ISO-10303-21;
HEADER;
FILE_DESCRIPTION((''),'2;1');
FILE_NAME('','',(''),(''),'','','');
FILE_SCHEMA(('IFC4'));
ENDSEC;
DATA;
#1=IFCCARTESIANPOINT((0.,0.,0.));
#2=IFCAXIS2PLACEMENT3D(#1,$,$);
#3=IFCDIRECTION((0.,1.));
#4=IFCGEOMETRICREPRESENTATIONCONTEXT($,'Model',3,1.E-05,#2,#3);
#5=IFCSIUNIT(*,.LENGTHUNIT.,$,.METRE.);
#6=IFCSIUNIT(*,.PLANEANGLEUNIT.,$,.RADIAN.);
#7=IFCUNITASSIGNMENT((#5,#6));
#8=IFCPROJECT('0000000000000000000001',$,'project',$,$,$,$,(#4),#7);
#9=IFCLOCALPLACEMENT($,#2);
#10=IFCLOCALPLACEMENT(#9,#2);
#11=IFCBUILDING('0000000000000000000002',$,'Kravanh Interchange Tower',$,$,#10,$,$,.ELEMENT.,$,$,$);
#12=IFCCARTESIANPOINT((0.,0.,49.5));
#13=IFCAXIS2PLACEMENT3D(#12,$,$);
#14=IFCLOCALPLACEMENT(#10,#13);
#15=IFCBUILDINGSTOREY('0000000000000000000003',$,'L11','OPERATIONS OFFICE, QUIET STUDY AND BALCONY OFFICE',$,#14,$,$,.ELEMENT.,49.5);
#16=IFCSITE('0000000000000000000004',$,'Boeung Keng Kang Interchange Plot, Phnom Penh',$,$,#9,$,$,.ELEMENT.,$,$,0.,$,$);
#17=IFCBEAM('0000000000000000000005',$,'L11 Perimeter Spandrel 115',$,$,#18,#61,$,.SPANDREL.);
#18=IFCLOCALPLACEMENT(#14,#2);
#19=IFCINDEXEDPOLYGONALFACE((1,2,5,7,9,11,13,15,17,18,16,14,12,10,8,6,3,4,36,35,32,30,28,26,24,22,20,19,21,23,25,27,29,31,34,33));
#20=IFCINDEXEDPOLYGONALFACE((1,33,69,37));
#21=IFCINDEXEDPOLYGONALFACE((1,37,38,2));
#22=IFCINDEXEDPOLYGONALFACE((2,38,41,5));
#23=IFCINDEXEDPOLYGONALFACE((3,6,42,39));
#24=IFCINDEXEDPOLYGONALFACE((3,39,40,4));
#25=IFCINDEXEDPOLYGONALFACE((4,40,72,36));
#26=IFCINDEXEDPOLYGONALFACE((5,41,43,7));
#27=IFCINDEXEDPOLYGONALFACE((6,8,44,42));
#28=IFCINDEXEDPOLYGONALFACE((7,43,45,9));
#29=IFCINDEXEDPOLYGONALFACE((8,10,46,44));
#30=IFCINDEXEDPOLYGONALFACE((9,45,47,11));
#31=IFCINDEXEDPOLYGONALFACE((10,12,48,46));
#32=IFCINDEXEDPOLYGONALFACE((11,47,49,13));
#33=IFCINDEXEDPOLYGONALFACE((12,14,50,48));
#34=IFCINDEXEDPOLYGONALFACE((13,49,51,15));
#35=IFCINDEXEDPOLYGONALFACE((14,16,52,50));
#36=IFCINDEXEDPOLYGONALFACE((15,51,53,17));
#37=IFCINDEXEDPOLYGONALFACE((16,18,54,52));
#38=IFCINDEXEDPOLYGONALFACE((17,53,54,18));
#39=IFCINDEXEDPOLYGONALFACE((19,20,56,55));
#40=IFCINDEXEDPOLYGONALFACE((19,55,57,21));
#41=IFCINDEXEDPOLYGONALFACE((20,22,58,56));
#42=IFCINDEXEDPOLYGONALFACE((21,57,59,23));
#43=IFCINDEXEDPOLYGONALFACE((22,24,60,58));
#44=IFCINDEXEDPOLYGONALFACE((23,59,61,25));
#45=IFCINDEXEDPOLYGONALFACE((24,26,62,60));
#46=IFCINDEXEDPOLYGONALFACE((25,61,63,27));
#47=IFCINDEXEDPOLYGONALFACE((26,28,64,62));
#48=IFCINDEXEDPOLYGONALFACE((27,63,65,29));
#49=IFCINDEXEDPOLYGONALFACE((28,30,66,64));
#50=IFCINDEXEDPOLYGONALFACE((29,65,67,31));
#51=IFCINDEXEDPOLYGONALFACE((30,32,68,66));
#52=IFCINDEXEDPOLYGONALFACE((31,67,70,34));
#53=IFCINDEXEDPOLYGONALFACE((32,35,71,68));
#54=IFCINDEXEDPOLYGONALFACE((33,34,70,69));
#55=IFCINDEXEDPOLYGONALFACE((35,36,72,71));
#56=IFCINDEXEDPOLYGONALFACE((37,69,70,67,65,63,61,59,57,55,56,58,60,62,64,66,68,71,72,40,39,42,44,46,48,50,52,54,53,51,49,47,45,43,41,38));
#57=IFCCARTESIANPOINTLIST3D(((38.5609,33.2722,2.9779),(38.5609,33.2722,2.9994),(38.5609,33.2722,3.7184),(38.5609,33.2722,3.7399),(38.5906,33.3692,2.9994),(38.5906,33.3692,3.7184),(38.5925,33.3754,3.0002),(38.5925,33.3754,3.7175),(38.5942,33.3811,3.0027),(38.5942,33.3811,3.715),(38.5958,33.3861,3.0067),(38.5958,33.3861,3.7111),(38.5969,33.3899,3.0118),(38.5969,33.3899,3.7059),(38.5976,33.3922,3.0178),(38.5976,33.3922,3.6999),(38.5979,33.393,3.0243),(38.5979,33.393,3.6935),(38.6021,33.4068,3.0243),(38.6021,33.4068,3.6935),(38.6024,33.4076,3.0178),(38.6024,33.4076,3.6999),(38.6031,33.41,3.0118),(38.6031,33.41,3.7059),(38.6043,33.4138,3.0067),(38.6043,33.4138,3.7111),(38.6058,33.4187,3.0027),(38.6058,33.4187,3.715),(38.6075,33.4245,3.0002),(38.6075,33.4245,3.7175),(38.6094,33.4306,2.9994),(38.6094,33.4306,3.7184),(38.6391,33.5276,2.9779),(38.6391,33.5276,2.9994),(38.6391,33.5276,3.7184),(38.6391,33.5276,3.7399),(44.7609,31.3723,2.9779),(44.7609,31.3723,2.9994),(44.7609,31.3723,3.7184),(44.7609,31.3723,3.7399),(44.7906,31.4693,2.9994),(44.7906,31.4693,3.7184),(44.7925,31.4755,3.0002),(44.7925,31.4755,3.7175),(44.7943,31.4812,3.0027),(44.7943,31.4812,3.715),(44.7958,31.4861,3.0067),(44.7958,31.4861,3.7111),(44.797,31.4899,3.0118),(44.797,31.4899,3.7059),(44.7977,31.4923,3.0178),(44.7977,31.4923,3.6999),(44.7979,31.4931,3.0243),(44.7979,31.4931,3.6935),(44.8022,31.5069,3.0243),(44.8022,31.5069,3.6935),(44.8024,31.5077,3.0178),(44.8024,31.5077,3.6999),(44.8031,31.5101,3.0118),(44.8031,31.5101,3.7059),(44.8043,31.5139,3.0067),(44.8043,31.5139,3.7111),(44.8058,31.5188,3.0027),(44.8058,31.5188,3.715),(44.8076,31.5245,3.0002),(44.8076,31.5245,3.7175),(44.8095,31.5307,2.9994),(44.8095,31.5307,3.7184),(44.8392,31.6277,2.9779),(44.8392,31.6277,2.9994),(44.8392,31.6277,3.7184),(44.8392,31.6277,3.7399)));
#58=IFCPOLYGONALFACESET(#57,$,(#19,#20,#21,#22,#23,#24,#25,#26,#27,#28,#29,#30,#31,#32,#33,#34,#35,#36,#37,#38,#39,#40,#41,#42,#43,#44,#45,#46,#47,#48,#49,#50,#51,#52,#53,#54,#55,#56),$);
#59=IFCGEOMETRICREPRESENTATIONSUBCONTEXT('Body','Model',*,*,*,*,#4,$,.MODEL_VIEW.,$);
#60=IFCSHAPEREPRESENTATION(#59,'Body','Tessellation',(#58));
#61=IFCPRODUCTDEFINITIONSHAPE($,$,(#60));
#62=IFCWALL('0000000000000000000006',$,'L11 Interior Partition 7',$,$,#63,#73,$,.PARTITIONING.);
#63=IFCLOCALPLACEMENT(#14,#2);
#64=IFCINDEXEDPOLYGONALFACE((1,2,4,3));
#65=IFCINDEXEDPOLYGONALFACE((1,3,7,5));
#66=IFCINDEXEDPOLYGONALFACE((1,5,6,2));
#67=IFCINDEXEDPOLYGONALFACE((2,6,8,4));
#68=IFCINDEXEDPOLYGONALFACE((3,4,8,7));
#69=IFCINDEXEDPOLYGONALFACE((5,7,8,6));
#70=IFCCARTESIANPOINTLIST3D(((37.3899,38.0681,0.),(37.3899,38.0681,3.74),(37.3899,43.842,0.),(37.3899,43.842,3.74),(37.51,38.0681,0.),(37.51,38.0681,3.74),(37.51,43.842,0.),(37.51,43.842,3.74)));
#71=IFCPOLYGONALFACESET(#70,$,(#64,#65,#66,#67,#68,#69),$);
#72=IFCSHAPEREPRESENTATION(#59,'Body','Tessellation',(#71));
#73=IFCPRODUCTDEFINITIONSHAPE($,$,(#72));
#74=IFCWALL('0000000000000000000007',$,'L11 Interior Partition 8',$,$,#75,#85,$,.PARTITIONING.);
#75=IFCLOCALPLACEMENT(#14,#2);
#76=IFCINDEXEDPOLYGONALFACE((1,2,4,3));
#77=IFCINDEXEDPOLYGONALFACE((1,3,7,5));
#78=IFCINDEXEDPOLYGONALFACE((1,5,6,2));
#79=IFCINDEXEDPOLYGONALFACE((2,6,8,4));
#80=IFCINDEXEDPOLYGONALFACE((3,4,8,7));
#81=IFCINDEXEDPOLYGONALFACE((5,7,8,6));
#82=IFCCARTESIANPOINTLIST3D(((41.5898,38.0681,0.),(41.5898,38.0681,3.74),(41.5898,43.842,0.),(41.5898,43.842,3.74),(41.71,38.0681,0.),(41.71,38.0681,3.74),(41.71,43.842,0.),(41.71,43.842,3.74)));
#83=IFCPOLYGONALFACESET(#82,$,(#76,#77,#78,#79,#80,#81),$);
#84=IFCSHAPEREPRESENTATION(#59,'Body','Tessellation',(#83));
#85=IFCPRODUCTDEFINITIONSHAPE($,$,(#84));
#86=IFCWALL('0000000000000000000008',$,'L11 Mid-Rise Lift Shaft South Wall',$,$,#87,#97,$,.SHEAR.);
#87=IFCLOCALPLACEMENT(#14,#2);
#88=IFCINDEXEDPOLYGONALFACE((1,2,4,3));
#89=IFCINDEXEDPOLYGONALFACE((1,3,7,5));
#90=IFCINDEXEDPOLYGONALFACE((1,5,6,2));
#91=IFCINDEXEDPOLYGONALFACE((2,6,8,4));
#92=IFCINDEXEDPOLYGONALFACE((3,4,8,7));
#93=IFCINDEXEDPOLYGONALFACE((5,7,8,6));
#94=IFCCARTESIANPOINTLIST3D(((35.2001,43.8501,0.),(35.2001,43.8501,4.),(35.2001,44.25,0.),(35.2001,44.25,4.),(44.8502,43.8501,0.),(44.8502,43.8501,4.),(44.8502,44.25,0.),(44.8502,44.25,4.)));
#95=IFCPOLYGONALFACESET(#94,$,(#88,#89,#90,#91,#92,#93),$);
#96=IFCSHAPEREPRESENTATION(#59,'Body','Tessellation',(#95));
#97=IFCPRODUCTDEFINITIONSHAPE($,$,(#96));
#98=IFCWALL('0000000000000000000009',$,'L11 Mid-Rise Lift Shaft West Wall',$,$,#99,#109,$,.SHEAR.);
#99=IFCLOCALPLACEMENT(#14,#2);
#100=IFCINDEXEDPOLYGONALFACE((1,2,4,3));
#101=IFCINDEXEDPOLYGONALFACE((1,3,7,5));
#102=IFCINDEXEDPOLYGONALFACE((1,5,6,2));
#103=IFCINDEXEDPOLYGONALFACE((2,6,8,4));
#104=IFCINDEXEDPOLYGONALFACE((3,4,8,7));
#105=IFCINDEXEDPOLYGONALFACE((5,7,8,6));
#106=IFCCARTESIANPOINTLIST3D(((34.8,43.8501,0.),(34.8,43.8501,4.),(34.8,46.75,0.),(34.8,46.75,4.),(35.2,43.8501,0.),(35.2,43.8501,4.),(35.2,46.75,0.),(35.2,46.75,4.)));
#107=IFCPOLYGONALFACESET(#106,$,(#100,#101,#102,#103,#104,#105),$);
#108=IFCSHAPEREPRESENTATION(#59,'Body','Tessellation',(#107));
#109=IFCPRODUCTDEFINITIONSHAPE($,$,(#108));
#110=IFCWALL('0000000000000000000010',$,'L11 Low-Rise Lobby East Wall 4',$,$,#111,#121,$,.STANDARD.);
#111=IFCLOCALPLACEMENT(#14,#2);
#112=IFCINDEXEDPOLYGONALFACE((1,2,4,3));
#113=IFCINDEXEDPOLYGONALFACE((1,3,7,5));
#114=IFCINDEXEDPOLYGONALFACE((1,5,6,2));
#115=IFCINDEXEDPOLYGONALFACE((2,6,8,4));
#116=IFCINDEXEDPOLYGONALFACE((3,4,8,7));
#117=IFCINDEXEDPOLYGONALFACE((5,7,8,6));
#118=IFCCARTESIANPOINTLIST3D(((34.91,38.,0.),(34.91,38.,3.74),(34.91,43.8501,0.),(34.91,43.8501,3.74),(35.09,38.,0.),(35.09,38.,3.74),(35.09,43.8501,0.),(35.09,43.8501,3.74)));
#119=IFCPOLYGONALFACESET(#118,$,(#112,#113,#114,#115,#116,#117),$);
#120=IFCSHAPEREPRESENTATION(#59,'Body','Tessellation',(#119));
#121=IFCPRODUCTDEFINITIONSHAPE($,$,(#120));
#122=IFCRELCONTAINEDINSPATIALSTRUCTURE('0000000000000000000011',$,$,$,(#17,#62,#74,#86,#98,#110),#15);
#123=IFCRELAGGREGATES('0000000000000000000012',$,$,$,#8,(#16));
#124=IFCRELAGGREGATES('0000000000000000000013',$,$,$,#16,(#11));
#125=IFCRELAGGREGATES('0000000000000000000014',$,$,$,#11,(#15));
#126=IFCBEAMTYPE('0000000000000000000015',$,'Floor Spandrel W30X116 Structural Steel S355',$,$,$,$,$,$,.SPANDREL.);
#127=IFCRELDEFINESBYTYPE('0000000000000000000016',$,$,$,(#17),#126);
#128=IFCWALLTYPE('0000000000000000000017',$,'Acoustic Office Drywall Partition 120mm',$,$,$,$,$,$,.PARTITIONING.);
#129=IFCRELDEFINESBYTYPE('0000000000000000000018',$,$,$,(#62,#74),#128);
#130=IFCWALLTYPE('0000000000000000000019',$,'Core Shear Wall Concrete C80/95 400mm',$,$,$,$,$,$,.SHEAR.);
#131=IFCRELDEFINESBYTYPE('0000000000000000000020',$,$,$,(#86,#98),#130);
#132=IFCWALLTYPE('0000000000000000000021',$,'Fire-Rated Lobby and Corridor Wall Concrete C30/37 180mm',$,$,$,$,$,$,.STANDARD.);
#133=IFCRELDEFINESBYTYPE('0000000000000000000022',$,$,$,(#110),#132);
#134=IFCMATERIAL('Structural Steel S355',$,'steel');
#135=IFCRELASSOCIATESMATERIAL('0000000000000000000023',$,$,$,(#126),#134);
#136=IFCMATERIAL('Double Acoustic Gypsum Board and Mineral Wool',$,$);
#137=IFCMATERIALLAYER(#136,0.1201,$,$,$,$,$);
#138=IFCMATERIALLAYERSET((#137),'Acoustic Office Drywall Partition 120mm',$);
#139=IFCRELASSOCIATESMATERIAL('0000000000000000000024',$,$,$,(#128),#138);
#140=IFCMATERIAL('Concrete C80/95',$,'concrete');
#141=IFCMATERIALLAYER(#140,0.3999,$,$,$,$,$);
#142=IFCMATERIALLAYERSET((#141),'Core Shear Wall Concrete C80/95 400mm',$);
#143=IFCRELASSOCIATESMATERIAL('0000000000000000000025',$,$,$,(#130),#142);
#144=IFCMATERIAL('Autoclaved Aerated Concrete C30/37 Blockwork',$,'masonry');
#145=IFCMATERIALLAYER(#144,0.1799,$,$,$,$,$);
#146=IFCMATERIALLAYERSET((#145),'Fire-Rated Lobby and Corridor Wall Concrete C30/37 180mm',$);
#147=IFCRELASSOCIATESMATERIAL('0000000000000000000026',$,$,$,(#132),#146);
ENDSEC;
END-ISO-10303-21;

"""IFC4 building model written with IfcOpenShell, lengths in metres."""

from ifc_helpers import new_model, si_unit, direction, frame, frame_2d, origin, origin_2d, place, context, subcontext, project, spatial, rectangle, i_section, extrude, material, layer, layer_set, material_profile, profile_set, type_object, element, save


model = new_model("IFC4")

# Units and contexts
model_context = context("Model", 3, precision=1e-05, world=origin(), true_north=direction((0.0, 1.0)))
body_context = subcontext(model_context, "Body", "Model", "MODEL_VIEW")
ifc_project = project(units=[si_unit("LENGTHUNIT", "METRE"), si_unit("PLANEANGLEUNIT", "RADIAN")], contexts=[model_context])

# Site, building, storey
site_placement = place(None, origin())
site = spatial("IfcSite", under=ifc_project, at=site_placement, Name="Boeung Keng Kang Interchange Plot, Phnom Penh", CompositionType="ELEMENT", RefElevation=0.0)
building_placement = place(site_placement, origin())
building = spatial("IfcBuilding", under=site, at=building_placement, Name="Kravanh Interchange Tower", CompositionType="ELEMENT")
storey_placement = place(building_placement, frame((0.0, 0.0, 49.5)))
storey = spatial("IfcBuildingStorey", under=building, at=storey_placement, Name="L11", Description="OPERATIONS OFFICE, QUIET STUDY AND BALCONY OFFICE", CompositionType="ELEMENT", Elevation=49.5)

# Beam
ifc_material_1 = material(Name="Structural Steel S355", Category="steel")
ifc_material_profile_1 = material_profile(ifc_material_1, i_section(OverallWidth=0.2671, OverallDepth=0.762, WebThickness=0.0144, FlangeThickness=0.0215, FilletRadius=0.0249, at=origin_2d()), Name="W30X116")
ifc_profile_set_1 = profile_set([ifc_material_profile_1], Name="Structural Steel S355")
beam_type_1 = type_object("IfcBeamType", Name="Floor Spandrel W30X116 Structural Steel S355", PredefinedType="SPANDREL", material=ifc_profile_set_1)
beam_1_placement = place(storey_placement, frame((44.8, 31.5, 3.3589), z_axis=(-0.956115, 0.29299, 0.0), x_axis=(-0.29299, -0.956115, 0.0)))
element("IfcBeam", 1, at=beam_1_placement, inside=storey, type_object=beam_type_1, Name="L11 Perimeter Spandrel 115", PredefinedType="SPANDREL", context=body_context, shape_type="SweptSolid", body=[
    extrude(i_section(OverallWidth=0.2671, OverallDepth=0.762, WebThickness=0.0144, FlangeThickness=0.0215, FilletRadius=0.0249, at=origin_2d()), origin(), (0.0, 0.0, 1.0), 6.4846),
])

# Walls
ifc_material_2 = material(Name="Double Acoustic Gypsum Board and Mineral Wool")
ifc_layer_1 = layer(ifc_material_2, 0.1201)
ifc_layer_set_1 = layer_set([ifc_layer_1], Name="Acoustic Office Drywall Partition 120mm")
wall_type_1 = type_object("IfcWallType", Name="Acoustic Office Drywall Partition 120mm", PredefinedType="PARTITIONING", material=ifc_layer_set_1)
for number, where, z_axis, x_axis, name in (
    (2, (37.45, 38.0681, 0.0), (0.0, 0.0, 1.0), (0.0, 1.0, 0.0), "L11 Interior Partition 7"),
    (3, (41.6499, 38.0681, 0.0), (0.0, 0.0, 1.0), (0.0, 1.0, 0.0), "L11 Interior Partition 8"),
):
    element("IfcWall", number, at=place(storey_placement, frame(where, z_axis=z_axis, x_axis=x_axis)), inside=storey, type_object=wall_type_1, Name=name, PredefinedType="PARTITIONING", context=body_context, shape_type="SweptSolid", body=[
        extrude(rectangle(XDim=5.7739, YDim=0.1201, at=frame_2d((2.887, 0.0))), origin(), (0.0, 0.0, 1.0), 3.74),
    ])
ifc_material_3 = material(Name="Concrete C80/95", Category="concrete")
ifc_layer_2 = layer(ifc_material_3, 0.3999)
ifc_layer_set_2 = layer_set([ifc_layer_2], Name="Core Shear Wall Concrete C80/95 400mm")
wall_type_2 = type_object("IfcWallType", Name="Core Shear Wall Concrete C80/95 400mm", PredefinedType="SHEAR", material=ifc_layer_set_2)
wall_1_placement = place(storey_placement, frame((35.2, 44.05, 0.0), z_axis=(0.0, 0.0, 1.0), x_axis=(1.0, 0.0, 0.0)))
element("IfcWall", 4, at=wall_1_placement, inside=storey, type_object=wall_type_2, Name="L11 Mid-Rise Lift Shaft South Wall", PredefinedType="SHEAR", context=body_context, shape_type="SweptSolid", body=[
    extrude(rectangle(XDim=9.6501, YDim=0.3999, at=frame_2d((4.8252, 0.0))), origin(), (0.0, 0.0, 1.0), 4.0),
])
wall_2_placement = place(storey_placement, frame((35.0, 43.8501, 0.0), z_axis=(0.0, 0.0, 1.0), x_axis=(0.0, 1.0, 0.0)))
element("IfcWall", 5, at=wall_2_placement, inside=storey, type_object=wall_type_2, Name="L11 Mid-Rise Lift Shaft West Wall", PredefinedType="SHEAR", context=body_context, shape_type="SweptSolid", body=[
    extrude(rectangle(XDim=2.8999, YDim=0.3999, at=frame_2d((1.45, 0.0))), origin(), (0.0, 0.0, 1.0), 4.0),
])
ifc_material_4 = material(Name="Autoclaved Aerated Concrete C30/37 Blockwork", Category="masonry")
ifc_layer_3 = layer(ifc_material_4, 0.1799)
ifc_layer_set_3 = layer_set([ifc_layer_3], Name="Fire-Rated Lobby and Corridor Wall Concrete C30/37 180mm")
wall_type_3 = type_object("IfcWallType", Name="Fire-Rated Lobby and Corridor Wall Concrete C30/37 180mm", PredefinedType="STANDARD", material=ifc_layer_set_3)
wall_3_placement = place(storey_placement, frame((35.0, 38.0, 0.0), z_axis=(0.0, 0.0, 1.0), x_axis=(0.0, 1.0, 0.0)))
element("IfcWall", 6, at=wall_3_placement, inside=storey, type_object=wall_type_3, Name="L11 Low-Rise Lobby East Wall 4", PredefinedType="STANDARD", context=body_context, shape_type="SweptSolid", body=[
    extrude(rectangle(XDim=5.8501, YDim=0.1799, at=frame_2d((2.925, 0.0))), origin(), (0.0, 0.0, 1.0), 3.74),
])

save(model, "model.ifc")
